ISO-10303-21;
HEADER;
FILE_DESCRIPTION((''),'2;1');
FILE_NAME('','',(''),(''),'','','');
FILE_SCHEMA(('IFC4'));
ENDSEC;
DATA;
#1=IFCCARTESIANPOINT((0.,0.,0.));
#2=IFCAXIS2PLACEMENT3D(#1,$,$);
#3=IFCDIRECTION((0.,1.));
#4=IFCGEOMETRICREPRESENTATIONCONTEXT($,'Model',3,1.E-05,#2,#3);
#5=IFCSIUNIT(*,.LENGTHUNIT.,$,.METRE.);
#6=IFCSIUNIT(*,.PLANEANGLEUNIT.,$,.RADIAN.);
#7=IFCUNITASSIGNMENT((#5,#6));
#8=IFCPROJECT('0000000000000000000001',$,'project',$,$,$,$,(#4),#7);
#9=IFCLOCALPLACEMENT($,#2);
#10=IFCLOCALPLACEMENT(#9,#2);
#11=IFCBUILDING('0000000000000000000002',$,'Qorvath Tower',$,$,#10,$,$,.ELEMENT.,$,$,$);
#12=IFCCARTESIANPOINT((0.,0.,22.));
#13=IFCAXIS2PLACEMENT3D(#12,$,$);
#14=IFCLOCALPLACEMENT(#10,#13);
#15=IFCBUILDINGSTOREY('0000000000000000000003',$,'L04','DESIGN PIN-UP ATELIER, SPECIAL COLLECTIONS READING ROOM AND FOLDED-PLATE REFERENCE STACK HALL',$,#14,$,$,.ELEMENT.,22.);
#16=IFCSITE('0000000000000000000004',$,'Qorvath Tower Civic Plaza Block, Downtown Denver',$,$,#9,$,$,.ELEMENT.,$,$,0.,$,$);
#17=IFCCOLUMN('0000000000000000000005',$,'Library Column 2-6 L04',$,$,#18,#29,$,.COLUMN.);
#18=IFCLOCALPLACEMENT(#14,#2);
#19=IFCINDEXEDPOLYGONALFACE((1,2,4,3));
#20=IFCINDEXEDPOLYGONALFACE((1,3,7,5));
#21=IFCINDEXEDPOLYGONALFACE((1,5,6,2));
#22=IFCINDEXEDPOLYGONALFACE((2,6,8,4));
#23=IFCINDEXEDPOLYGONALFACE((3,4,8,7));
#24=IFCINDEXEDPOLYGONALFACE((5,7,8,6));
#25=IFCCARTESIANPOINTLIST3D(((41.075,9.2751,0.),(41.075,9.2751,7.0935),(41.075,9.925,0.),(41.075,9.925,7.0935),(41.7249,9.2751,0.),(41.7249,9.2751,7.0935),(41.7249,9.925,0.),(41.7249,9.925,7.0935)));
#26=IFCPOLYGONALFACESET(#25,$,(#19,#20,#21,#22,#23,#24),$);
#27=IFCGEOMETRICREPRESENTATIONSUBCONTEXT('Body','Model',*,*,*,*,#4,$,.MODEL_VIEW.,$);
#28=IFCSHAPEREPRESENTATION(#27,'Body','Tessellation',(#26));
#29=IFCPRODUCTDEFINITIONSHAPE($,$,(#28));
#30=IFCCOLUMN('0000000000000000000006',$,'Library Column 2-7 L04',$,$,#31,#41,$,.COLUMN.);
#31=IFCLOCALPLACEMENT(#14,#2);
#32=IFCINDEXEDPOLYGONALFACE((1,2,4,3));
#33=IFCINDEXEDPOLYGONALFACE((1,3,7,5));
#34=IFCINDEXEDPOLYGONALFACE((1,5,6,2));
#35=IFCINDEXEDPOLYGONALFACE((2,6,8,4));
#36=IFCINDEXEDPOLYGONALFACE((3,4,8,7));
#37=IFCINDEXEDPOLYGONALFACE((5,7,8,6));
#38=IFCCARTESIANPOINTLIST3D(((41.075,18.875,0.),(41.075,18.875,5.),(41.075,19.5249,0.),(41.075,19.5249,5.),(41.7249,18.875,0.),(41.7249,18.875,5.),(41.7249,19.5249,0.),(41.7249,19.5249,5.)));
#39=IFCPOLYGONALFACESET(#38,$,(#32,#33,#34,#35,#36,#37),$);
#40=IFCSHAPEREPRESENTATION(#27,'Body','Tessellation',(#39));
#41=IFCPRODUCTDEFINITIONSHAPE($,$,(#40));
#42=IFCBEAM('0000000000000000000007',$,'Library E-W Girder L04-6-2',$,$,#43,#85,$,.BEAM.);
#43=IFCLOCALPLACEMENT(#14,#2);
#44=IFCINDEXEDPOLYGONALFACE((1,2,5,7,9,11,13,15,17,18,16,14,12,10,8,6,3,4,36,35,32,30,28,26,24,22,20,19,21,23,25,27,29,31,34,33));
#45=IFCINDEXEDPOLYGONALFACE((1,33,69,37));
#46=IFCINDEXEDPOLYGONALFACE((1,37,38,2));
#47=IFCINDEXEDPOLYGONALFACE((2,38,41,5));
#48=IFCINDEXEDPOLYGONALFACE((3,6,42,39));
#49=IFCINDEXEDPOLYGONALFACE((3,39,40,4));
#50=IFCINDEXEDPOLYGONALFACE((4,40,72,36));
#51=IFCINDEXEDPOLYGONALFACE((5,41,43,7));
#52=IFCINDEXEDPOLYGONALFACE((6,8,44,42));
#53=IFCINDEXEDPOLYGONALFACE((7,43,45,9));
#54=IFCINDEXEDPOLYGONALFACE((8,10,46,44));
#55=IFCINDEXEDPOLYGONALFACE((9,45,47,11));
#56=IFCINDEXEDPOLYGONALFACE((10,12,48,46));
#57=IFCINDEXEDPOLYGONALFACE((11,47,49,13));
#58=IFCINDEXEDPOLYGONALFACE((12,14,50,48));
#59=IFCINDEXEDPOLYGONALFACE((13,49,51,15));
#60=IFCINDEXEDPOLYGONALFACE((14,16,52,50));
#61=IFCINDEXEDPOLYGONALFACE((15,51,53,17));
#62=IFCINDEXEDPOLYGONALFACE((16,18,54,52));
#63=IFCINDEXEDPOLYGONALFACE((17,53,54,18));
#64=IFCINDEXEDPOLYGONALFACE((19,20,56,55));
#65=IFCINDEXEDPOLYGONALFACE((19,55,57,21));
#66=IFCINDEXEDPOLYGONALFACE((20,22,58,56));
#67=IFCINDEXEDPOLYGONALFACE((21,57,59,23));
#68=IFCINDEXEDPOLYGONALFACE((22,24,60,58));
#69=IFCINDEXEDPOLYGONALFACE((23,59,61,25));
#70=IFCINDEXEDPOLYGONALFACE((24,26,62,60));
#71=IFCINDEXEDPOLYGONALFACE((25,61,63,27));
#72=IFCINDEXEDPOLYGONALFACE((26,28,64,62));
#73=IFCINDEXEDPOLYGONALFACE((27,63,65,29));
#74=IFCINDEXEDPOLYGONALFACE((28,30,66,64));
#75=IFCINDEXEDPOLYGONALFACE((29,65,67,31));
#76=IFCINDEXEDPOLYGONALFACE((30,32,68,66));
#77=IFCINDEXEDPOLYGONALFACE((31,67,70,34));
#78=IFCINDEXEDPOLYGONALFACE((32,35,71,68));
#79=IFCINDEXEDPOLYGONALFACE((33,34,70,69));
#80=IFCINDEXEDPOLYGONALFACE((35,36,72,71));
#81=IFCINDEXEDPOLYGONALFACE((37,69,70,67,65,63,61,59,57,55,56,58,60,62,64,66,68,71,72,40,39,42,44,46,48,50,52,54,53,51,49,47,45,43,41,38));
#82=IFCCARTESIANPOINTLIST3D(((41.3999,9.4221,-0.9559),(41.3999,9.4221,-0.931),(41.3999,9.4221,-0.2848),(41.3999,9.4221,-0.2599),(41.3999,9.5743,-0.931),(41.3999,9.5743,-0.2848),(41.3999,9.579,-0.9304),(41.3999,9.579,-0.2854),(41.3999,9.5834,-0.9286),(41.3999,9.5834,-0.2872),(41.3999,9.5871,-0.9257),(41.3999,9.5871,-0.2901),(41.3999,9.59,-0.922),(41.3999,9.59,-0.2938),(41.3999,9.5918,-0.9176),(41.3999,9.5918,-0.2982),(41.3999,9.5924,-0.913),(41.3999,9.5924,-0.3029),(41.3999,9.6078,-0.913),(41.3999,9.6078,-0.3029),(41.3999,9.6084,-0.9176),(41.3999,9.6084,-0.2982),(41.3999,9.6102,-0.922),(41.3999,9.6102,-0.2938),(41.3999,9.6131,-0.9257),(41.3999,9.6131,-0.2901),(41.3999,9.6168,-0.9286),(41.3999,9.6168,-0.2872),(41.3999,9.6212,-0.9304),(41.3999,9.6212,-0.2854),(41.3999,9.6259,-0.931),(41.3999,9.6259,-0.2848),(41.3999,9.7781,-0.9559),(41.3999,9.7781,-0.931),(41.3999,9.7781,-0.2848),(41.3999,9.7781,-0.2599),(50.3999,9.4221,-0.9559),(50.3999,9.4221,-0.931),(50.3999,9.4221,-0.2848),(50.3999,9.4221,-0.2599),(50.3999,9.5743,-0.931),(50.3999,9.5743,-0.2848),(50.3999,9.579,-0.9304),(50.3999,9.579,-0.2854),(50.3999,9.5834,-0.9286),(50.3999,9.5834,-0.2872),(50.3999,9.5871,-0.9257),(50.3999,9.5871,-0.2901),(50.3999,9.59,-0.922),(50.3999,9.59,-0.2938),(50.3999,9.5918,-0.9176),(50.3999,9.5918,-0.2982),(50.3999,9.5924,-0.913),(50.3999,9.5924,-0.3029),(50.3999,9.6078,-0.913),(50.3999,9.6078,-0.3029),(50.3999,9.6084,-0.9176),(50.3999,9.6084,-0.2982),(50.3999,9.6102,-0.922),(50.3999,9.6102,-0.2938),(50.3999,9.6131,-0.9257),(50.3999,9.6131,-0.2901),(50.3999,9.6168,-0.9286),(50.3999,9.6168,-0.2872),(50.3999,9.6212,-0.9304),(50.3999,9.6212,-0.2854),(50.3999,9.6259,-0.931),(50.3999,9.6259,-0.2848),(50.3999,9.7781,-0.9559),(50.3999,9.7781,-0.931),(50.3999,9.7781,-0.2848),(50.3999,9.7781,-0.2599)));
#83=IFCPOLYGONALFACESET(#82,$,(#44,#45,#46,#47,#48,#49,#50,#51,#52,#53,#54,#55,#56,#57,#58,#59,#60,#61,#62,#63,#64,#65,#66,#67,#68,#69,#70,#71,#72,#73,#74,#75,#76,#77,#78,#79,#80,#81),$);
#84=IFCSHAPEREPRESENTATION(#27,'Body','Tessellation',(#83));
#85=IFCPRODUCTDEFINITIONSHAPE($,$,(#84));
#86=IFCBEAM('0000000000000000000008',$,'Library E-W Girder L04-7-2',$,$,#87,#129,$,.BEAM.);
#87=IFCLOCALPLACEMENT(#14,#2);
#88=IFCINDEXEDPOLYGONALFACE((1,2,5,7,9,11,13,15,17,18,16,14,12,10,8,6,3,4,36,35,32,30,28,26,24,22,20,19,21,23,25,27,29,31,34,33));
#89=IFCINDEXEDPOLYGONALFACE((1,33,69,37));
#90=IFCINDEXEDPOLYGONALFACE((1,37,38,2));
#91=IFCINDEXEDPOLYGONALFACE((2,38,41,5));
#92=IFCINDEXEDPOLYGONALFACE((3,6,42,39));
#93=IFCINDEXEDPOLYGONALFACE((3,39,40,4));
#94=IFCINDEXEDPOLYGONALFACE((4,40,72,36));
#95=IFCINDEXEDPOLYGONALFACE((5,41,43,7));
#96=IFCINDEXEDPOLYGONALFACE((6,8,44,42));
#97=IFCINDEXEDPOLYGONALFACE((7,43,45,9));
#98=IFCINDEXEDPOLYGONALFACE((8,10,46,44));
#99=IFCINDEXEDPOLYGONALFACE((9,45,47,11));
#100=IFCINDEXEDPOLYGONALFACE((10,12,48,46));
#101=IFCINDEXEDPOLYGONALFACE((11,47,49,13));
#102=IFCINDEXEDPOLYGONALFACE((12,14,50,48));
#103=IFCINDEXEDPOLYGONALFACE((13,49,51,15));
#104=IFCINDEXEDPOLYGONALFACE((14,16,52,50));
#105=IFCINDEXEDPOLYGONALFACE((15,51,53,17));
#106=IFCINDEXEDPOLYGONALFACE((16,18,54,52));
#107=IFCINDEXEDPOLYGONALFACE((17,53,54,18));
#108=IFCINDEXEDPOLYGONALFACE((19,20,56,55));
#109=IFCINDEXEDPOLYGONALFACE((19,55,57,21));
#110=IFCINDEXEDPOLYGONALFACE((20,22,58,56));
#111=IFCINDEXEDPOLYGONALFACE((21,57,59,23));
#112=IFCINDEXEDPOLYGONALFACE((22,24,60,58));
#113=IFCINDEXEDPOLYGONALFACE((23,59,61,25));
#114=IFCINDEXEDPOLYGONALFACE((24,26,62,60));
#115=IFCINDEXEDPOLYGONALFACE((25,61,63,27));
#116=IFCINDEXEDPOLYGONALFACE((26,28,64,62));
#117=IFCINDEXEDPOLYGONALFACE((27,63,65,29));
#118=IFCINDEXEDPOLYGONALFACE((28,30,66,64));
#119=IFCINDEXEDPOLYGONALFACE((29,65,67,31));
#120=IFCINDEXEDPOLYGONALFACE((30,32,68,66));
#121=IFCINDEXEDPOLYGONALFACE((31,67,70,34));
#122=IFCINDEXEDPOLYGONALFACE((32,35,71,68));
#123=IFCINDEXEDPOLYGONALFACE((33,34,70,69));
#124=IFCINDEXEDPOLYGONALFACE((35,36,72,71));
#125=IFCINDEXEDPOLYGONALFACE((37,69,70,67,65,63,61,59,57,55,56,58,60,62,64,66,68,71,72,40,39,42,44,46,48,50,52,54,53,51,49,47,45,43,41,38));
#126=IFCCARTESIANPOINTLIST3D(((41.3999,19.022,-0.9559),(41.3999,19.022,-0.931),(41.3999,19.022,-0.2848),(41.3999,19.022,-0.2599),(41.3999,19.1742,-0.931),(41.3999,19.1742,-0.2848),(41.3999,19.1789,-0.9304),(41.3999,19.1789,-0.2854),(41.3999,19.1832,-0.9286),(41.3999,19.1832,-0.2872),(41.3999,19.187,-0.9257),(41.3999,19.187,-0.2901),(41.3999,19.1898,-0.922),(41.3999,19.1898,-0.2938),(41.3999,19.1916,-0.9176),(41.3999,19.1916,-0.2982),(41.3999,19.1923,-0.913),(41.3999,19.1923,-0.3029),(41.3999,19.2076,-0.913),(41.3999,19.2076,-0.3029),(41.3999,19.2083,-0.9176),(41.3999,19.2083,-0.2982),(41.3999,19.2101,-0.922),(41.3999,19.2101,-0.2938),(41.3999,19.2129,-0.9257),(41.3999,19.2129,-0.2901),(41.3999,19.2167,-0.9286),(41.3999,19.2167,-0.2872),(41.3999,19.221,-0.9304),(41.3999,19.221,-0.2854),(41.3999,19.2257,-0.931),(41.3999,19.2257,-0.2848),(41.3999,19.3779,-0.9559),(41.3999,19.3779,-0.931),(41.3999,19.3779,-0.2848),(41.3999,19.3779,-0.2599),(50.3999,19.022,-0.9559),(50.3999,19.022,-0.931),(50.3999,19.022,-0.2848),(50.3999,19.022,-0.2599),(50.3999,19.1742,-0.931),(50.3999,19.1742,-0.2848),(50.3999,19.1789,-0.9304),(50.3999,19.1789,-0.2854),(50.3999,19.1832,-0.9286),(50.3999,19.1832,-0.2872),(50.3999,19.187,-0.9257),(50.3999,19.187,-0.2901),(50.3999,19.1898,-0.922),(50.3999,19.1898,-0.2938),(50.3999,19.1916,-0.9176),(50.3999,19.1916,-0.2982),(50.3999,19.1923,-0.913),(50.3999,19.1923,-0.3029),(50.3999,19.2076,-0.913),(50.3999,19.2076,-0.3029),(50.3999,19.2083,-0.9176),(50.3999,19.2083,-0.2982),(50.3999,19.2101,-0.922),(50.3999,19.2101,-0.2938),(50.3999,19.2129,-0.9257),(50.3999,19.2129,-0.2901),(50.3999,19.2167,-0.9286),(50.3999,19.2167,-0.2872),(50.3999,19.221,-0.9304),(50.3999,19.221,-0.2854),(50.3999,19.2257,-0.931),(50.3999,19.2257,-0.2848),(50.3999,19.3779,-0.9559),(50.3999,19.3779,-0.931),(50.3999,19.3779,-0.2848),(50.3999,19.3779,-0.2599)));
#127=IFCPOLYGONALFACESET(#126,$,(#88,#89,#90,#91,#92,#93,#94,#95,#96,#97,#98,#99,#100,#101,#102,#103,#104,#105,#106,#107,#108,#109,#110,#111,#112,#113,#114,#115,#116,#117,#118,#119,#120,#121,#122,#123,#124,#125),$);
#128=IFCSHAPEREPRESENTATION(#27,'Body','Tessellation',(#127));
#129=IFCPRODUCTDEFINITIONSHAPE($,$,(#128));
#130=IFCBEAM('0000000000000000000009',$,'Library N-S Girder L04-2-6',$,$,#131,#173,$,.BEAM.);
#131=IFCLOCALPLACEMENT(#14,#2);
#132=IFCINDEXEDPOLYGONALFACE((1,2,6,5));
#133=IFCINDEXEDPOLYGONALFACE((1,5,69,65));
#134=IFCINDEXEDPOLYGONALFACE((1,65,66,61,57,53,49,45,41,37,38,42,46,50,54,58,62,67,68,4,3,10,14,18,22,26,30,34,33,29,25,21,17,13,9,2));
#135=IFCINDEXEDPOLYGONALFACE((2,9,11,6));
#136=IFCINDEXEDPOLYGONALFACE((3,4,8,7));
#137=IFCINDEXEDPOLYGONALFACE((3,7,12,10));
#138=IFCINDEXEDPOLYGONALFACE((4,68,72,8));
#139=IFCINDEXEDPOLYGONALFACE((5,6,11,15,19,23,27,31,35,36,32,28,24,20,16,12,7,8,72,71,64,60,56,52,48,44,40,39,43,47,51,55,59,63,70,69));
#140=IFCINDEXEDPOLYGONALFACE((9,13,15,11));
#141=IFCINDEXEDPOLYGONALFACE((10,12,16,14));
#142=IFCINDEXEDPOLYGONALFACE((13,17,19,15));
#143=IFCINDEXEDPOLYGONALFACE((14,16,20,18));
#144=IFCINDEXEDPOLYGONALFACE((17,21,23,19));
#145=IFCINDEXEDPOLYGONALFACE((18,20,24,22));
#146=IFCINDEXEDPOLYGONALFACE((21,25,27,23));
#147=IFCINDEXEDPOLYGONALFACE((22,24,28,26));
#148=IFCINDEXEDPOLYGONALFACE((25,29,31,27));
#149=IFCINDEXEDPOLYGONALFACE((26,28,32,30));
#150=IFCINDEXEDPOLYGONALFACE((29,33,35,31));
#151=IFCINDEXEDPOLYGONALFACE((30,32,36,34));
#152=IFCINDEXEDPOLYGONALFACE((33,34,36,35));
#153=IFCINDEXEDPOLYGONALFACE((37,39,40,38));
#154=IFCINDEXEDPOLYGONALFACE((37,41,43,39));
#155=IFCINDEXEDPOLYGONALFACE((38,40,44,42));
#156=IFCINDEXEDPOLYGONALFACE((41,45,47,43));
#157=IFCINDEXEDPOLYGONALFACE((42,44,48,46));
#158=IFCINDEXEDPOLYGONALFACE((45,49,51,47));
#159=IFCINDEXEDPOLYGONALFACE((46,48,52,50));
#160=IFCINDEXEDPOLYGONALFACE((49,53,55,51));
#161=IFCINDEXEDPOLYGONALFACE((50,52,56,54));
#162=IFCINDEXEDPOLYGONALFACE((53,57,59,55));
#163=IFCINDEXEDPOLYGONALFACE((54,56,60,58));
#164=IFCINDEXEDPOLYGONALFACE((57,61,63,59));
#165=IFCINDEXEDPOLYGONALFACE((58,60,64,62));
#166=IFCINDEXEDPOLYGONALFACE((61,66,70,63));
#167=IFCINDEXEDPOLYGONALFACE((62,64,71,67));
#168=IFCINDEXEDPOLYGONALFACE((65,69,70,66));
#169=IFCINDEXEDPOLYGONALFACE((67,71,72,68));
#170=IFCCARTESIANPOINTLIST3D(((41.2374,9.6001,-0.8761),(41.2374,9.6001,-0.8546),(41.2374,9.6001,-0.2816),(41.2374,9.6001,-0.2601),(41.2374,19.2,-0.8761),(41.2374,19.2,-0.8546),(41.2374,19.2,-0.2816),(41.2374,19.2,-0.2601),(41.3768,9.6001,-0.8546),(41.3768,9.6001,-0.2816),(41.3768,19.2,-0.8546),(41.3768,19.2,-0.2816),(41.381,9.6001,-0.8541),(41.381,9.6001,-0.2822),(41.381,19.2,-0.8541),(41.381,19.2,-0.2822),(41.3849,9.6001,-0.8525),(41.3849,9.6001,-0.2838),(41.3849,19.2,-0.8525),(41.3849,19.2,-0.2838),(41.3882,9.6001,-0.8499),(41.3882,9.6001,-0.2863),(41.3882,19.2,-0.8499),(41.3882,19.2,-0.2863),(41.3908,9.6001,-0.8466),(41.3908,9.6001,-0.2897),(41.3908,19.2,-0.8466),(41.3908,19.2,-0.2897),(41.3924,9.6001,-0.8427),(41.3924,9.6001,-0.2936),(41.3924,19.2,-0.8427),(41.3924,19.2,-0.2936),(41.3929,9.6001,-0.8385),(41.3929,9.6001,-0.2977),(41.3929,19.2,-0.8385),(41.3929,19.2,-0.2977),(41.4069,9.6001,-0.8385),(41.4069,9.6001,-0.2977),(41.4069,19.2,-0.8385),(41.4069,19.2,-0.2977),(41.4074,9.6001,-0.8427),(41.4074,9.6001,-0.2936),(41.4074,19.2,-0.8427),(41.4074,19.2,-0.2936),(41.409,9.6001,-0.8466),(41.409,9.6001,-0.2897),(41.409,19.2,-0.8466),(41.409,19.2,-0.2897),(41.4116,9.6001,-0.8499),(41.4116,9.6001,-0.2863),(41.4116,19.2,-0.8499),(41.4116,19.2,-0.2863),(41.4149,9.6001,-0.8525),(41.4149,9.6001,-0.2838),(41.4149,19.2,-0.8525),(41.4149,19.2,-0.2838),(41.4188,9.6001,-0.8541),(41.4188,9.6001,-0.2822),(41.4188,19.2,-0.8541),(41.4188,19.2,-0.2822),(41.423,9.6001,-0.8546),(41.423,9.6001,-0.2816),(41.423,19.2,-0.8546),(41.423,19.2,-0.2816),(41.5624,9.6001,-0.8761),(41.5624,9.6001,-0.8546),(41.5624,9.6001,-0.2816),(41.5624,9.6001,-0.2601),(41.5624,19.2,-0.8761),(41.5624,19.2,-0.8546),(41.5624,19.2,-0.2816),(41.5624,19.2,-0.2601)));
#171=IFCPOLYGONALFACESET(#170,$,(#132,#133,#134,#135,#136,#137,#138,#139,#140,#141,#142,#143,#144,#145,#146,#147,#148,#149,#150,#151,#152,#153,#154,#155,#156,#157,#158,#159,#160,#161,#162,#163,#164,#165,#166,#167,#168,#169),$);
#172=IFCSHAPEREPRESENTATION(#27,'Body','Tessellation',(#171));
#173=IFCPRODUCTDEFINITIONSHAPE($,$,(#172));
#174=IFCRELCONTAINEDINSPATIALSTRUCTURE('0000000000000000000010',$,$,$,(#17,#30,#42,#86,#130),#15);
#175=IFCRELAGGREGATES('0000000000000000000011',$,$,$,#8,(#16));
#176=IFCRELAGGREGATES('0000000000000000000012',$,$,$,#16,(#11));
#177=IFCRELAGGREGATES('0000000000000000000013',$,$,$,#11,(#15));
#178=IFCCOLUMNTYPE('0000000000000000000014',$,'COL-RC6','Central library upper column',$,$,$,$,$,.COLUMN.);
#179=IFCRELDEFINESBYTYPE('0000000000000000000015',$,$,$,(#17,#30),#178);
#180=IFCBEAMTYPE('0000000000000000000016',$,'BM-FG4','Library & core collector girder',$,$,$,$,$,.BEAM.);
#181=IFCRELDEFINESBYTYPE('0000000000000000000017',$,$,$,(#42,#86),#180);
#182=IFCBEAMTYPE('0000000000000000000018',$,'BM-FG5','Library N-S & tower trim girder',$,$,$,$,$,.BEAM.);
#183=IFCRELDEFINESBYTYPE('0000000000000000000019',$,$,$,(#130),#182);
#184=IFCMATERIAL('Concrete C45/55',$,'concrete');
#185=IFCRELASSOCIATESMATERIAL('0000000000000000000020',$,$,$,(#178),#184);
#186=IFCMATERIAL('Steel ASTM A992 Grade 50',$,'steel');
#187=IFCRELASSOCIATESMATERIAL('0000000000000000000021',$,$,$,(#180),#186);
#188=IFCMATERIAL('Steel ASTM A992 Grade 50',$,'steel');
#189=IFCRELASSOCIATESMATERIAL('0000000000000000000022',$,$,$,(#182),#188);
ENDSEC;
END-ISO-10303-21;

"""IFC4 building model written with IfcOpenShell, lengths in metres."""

from ifc_helpers import new_model, si_unit, direction, frame, origin, origin_2d, place, context, subcontext, project, spatial, rectangle, i_section, extrude, material, material_profile, profile_set, type_object, element, save


model = new_model("IFC4")

# Units and contexts
model_context = context("Model", 3, precision=1e-05, world=origin(), true_north=direction((0.0, 1.0)))
body_context = subcontext(model_context, "Body", "Model", "MODEL_VIEW")
ifc_project = project(units=[si_unit("LENGTHUNIT", "METRE"), si_unit("PLANEANGLEUNIT", "RADIAN")], contexts=[model_context])

# Site, building, storey
site_placement = place(None, origin())
site = spatial("IfcSite", under=ifc_project, at=site_placement, Name="Qorvath Tower Civic Plaza Block, Downtown Denver", CompositionType="ELEMENT", RefElevation=0.0)
building_placement = place(site_placement, origin())
building = spatial("IfcBuilding", under=site, at=building_placement, Name="Qorvath Tower", CompositionType="ELEMENT")
storey_placement = place(building_placement, frame((0.0, 0.0, 22.0)))
storey = spatial("IfcBuildingStorey", under=building, at=storey_placement, Name="L04", Description="DESIGN PIN-UP ATELIER, SPECIAL COLLECTIONS READING ROOM AND FOLDED-PLATE REFERENCE STACK HALL", CompositionType="ELEMENT", Elevation=22.0)

# Columns
ifc_material_1 = material(Name="Concrete C45/55", Category="concrete")
ifc_material_profile_1 = material_profile(ifc_material_1, rectangle(XDim=0.6499, YDim=0.6499, at=origin_2d()), Name="RC 650x650")
ifc_profile_set_1 = profile_set([ifc_material_profile_1], Name="Concrete C45/55")
column_type = type_object("IfcColumnType", Name="COL-RC6", Description="Central library upper column", PredefinedType="COLUMN", material=ifc_profile_set_1)
column_1_placement = place(storey_placement, frame((41.3999, 9.6001, 0.0), z_axis=(0.0, 0.0, 1.0), x_axis=(1.0, 0.0, 0.0)))
element("IfcColumn", 1, at=column_1_placement, inside=storey, type_object=column_type, Name="Library Column 2-6 L04", PredefinedType="COLUMN", context=body_context, shape_type="SweptSolid", body=[
    extrude(rectangle(XDim=0.6499, YDim=0.6499, at=origin_2d()), origin(), (0.0, 0.0, 1.0), 7.0935),
])
column_2_placement = place(storey_placement, frame((41.3999, 19.2, 0.0), z_axis=(0.0, 0.0, 1.0), x_axis=(1.0, 0.0, 0.0)))
element("IfcColumn", 2, at=column_2_placement, inside=storey, type_object=column_type, Name="Library Column 2-7 L04", PredefinedType="COLUMN", context=body_context, shape_type="SweptSolid", body=[
    extrude(rectangle(XDim=0.6499, YDim=0.6499, at=origin_2d()), origin(), (0.0, 0.0, 1.0), 5.0),
])

# Beams
ifc_material_2 = material(Name="Steel ASTM A992 Grade 50", Category="steel")
ifc_material_profile_2 = material_profile(ifc_material_2, i_section(OverallWidth=0.356, OverallDepth=0.696, WebThickness=0.0154, FlangeThickness=0.0249, FilletRadius=0.0181, at=origin_2d()), Name="W27x146")
ifc_profile_set_2 = profile_set([ifc_material_profile_2], Name="Steel ASTM A992 Grade 50")
beam_type_1 = type_object("IfcBeamType", Name="BM-FG4", Description="Library & core collector girder", PredefinedType="BEAM", material=ifc_profile_set_2)
for number, where, z_axis, x_axis, name in (
    (3, (41.3999, 9.6001, -0.6079), (1.0, 0.0, 0.0), (0.0, 1.0, 0.0), "Library E-W Girder L04-6-2"),
    (4, (41.3999, 19.2, -0.6079), (1.0, 0.0, 0.0), (0.0, 1.0, 0.0), "Library E-W Girder L04-7-2"),
):
    element("IfcBeam", number, at=place(storey_placement, frame(where, z_axis=z_axis, x_axis=x_axis)), inside=storey, type_object=beam_type_1, Name=name, PredefinedType="BEAM", context=body_context, shape_type="SweptSolid", body=[
        extrude(i_section(OverallWidth=0.356, OverallDepth=0.696, WebThickness=0.0154, FlangeThickness=0.0249, FilletRadius=0.0181, at=origin_2d()), origin(), (0.0, 0.0, 1.0), 9.0),
    ])
ifc_material_3 = material(Name="Steel ASTM A992 Grade 50", Category="steel")
ifc_material_profile_3 = material_profile(ifc_material_3, i_section(OverallWidth=0.325, OverallDepth=0.616, WebThickness=0.0139, FlangeThickness=0.0215, FilletRadius=0.0161, at=origin_2d()), Name="W24x117")
ifc_profile_set_3 = profile_set([ifc_material_profile_3], Name="Steel ASTM A992 Grade 50")
beam_type_2 = type_object("IfcBeamType", Name="BM-FG5", Description="Library N-S & tower trim girder", PredefinedType="BEAM", material=ifc_profile_set_3)
beam_1_placement = place(storey_placement, frame((41.3999, 9.6001, -0.5681), z_axis=(0.0, 1.0, 0.0), x_axis=(-1.0, 0.0, 0.0)))
element("IfcBeam", 5, at=beam_1_placement, inside=storey, type_object=beam_type_2, Name="Library N-S Girder L04-2-6", PredefinedType="BEAM", context=body_context, shape_type="SweptSolid", body=[
    extrude(i_section(OverallWidth=0.325, OverallDepth=0.616, WebThickness=0.0139, FlangeThickness=0.0215, FilletRadius=0.0161, at=origin_2d()), origin(), (0.0, 0.0, 1.0), 9.5999),
])

save(model, "model.ifc")
